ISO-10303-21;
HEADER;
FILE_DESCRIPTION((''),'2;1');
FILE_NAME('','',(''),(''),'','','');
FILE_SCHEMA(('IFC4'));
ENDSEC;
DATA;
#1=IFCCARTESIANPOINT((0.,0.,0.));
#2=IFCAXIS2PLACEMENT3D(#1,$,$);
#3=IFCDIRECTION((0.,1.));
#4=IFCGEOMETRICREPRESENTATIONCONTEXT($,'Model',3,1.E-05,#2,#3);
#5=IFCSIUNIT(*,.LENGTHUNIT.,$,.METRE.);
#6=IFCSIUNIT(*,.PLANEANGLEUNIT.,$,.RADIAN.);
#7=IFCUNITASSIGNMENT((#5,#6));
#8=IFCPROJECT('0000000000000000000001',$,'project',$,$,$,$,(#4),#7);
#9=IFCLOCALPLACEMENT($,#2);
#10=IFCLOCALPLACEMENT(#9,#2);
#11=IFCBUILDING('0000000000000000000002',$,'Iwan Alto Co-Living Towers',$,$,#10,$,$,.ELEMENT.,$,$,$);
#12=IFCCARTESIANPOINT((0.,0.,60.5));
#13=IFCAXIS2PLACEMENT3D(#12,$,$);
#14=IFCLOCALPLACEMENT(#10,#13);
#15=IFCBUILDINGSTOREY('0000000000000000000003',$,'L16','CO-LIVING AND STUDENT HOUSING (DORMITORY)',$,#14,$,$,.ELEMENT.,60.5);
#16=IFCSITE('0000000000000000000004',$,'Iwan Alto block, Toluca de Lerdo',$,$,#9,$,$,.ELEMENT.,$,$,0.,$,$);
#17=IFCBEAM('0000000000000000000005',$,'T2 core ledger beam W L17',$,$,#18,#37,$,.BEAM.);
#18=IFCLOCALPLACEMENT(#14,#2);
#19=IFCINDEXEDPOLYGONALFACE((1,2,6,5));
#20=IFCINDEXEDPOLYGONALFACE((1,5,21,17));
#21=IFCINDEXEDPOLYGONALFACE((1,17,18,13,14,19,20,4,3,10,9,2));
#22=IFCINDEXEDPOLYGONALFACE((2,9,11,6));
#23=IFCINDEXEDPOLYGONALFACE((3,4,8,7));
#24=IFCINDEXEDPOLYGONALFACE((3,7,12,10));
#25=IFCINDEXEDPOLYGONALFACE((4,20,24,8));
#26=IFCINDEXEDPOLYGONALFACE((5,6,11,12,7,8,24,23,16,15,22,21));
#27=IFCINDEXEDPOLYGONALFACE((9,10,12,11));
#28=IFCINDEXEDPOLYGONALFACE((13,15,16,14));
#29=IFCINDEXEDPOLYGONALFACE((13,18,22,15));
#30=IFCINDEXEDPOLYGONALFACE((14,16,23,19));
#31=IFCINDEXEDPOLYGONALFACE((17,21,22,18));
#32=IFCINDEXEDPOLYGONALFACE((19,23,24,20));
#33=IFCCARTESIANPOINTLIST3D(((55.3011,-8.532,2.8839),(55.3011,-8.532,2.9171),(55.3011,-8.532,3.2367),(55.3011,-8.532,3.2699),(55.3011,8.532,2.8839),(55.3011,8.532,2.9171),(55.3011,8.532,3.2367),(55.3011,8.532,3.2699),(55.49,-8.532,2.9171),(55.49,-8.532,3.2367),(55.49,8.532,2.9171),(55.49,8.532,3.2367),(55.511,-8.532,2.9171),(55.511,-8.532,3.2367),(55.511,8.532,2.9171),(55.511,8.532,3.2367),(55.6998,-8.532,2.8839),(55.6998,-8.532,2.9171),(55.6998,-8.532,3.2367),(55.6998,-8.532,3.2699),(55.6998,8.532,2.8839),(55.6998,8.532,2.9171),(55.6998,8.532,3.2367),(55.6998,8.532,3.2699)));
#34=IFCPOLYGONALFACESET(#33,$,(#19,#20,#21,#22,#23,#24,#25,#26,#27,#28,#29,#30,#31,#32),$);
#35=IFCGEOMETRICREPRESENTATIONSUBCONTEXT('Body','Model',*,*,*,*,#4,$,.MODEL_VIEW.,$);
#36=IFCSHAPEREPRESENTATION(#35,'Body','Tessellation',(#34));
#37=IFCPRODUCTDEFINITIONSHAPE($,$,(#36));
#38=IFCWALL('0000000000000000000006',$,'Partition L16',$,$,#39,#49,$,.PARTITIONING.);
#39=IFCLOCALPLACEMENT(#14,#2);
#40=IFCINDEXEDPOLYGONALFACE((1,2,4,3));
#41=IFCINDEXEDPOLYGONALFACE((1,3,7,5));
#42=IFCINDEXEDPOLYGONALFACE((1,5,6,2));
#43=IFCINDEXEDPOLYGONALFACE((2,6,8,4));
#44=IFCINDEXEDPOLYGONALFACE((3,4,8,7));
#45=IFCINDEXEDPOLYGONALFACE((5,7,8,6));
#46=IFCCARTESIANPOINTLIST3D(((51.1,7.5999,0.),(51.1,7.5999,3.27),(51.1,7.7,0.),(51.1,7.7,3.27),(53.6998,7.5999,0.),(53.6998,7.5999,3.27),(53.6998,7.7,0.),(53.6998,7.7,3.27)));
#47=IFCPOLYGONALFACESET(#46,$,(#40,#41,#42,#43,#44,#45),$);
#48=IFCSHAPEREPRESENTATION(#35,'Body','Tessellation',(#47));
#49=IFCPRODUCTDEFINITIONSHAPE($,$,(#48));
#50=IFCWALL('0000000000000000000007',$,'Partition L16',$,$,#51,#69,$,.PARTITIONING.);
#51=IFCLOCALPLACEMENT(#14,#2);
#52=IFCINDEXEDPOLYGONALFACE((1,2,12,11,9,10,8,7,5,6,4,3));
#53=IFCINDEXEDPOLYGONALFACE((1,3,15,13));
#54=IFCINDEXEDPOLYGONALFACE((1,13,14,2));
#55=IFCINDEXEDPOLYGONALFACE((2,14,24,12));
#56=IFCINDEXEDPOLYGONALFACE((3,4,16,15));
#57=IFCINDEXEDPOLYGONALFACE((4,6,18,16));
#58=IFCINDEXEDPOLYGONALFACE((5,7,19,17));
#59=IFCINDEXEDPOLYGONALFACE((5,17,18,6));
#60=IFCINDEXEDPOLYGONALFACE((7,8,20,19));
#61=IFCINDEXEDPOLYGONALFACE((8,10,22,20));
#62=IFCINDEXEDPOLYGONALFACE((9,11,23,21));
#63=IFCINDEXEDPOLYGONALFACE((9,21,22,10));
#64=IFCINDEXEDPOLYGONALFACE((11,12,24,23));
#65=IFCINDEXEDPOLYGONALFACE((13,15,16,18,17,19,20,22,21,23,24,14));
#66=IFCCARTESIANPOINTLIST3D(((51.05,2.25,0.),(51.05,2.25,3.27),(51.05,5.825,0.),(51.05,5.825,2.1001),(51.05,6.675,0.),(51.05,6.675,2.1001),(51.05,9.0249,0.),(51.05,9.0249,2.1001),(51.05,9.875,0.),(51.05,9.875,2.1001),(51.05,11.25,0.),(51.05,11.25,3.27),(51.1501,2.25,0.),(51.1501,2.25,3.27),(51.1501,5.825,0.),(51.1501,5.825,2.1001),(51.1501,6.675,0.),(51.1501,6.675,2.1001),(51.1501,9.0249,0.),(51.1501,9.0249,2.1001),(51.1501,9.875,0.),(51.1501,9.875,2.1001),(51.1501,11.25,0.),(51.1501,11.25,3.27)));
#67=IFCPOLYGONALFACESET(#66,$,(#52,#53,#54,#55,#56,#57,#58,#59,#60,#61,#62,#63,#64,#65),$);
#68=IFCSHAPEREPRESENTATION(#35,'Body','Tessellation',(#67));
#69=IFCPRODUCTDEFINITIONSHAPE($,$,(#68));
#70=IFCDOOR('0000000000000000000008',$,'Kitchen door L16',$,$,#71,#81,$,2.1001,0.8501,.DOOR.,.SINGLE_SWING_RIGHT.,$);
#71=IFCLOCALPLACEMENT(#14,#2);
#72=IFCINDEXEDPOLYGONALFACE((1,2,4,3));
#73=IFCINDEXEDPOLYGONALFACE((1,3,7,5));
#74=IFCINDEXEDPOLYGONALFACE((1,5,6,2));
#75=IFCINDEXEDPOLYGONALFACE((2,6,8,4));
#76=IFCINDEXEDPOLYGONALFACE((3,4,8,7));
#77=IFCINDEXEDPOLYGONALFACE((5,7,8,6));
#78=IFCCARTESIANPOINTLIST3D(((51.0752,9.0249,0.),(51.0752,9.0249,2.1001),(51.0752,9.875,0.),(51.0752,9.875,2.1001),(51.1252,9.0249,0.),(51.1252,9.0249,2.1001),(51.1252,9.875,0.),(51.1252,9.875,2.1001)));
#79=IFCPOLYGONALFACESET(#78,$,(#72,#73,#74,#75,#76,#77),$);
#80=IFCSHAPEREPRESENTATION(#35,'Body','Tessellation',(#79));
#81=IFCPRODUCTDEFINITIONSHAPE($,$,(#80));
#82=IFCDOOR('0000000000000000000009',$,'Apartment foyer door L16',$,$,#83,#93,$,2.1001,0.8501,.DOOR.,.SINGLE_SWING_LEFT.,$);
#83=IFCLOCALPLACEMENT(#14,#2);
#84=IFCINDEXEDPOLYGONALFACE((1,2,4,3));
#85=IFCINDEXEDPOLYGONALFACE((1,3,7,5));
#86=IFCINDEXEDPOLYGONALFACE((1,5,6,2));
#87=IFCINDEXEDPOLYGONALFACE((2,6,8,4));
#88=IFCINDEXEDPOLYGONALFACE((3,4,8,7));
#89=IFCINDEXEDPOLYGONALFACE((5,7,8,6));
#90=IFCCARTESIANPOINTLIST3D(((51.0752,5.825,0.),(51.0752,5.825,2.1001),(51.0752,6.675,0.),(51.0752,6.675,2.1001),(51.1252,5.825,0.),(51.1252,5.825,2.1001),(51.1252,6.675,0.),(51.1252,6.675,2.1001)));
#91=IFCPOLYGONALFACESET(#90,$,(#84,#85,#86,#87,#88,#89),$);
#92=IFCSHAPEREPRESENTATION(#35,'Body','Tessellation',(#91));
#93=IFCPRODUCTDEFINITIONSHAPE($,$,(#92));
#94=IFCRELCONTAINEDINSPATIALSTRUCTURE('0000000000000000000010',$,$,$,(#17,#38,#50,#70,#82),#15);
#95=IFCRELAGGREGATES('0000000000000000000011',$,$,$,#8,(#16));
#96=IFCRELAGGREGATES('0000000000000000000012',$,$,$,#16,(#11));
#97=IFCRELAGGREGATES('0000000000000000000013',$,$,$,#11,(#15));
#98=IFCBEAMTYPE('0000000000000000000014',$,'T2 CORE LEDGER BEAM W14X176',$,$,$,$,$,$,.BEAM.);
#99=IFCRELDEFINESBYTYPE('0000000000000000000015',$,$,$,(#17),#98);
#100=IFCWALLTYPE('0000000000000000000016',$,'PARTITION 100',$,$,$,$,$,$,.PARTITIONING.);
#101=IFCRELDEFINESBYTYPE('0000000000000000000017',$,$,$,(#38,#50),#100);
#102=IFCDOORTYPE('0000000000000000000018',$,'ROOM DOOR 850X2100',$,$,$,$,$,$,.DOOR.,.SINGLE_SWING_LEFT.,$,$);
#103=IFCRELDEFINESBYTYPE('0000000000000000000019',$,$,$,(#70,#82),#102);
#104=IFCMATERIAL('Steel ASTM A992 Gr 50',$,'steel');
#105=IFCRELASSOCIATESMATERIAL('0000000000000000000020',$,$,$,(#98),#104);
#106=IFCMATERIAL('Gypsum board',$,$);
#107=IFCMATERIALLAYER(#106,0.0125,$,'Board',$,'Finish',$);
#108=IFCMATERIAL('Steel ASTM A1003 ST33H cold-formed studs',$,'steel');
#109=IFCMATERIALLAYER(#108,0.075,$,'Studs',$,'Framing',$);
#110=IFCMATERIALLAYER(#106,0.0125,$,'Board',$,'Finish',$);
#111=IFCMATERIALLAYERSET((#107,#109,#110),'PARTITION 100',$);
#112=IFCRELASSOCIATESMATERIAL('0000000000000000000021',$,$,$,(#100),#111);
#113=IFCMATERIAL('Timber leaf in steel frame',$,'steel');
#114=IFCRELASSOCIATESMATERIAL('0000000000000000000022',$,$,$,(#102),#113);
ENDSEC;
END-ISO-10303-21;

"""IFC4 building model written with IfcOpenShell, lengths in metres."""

from ifc_helpers import new_model, si_unit, direction, frame, frame_2d, origin, origin_2d, place, context, subcontext, project, spatial, rectangle, i_section, extrude, material, layer, layer_set, material_profile, profile_set, type_object, element, fill, save


model = new_model("IFC4")

# Units and contexts
model_context = context("Model", 3, precision=1e-05, world=origin(), true_north=direction((0.0, 1.0)))
body_context = subcontext(model_context, "Body", "Model", "MODEL_VIEW")
ifc_project = project(units=[si_unit("LENGTHUNIT", "METRE"), si_unit("PLANEANGLEUNIT", "RADIAN")], contexts=[model_context])

# Site, building, storey
site_placement = place(None, origin())
site = spatial("IfcSite", under=ifc_project, at=site_placement, Name="Iwan Alto block, Toluca de Lerdo", CompositionType="ELEMENT", RefElevation=0.0)
building_placement = place(site_placement, origin())
building = spatial("IfcBuilding", under=site, at=building_placement, Name="Iwan Alto Co-Living Towers", CompositionType="ELEMENT")
storey_placement = place(building_placement, frame((0.0, 0.0, 60.5)))
storey = spatial("IfcBuildingStorey", under=building, at=storey_placement, Name="L16", Description="CO-LIVING AND STUDENT HOUSING (DORMITORY)", CompositionType="ELEMENT", Elevation=60.5)

# Beam
ifc_material_1 = material(Name="Steel ASTM A992 Gr 50", Category="steel")
ifc_material_profile = material_profile(ifc_material_1, i_section(OverallWidth=0.3987, OverallDepth=0.386, WebThickness=0.021, FlangeThickness=0.0332, at=origin_2d()), Name="W14X176")
ifc_profile_set = profile_set([ifc_material_profile], Name="Steel ASTM A992 Gr 50")
beam_type = type_object("IfcBeamType", Name="T2 CORE LEDGER BEAM W14X176", PredefinedType="BEAM", material=ifc_profile_set)
beam_placement = place(storey_placement, frame((55.5005, 8.532, 3.0769), z_axis=(0.0, -1.0, 0.0), x_axis=(1.0, 0.0, 0.0)))
element("IfcBeam", 1, at=beam_placement, inside=storey, type_object=beam_type, Name="T2 core ledger beam W L17", PredefinedType="BEAM", context=body_context, shape_type="SweptSolid", body=[
    extrude(i_section(OverallWidth=0.3987, OverallDepth=0.386, WebThickness=0.021, FlangeThickness=0.0332, at=origin_2d()), origin(), (0.0, 0.0, 1.0), 17.064),
])

# Wall
ifc_material_2 = material(Name="Gypsum board")
ifc_layer_1 = layer(ifc_material_2, 0.0125, Name="Board", Category="Finish")
ifc_material_3 = material(Name="Steel ASTM A1003 ST33H cold-formed studs", Category="steel")
ifc_layer_2 = layer(ifc_material_3, 0.075, Name="Studs", Category="Framing")
ifc_layer_3 = layer(ifc_material_2, 0.0125, Name="Board", Category="Finish")
ifc_layer_set_1 = layer_set([ifc_layer_1, ifc_layer_2, ifc_layer_3], Name="PARTITION 100")
wall_type_1 = type_object("IfcWallType", Name="PARTITION 100", PredefinedType="PARTITIONING", material=ifc_layer_set_1)
wall_1_placement = place(storey_placement, frame((51.1001, 7.6499, 0.0), z_axis=(0.0, 0.0, 1.0), x_axis=(1.0, 0.0, 0.0)))
element("IfcWall", 2, at=wall_1_placement, inside=storey, type_object=wall_type_1, Name="Partition L16", PredefinedType="PARTITIONING", context=body_context, shape_type="SweptSolid", body=[
    extrude(rectangle(XDim=2.5999, YDim=0.1001, at=frame_2d((1.2998, 0.0))), origin(), (0.0, 0.0, 1.0), 3.27),
])

# Wall, openings, doors
wall_2_placement = place(storey_placement, frame((51.1001, 2.25, 0.0), z_axis=(0.0, 0.0, 1.0), x_axis=(0.0, 1.0, 0.0)))
wall_2 = element("IfcWall", 3, at=wall_2_placement, inside=storey, type_object=wall_type_1, Name="Partition L16", PredefinedType="PARTITIONING", context=body_context, shape_type="SweptSolid", body=[
    extrude(rectangle(XDim=9.0, YDim=0.1001, at=frame_2d((4.5, 0.0))), origin(), (0.0, 0.0, 1.0), 3.27),
])
opening_1_placement = place(wall_2_placement, frame((6.7749, 0.0, 0.0)))
opening_1 = element("IfcOpeningElement", 4, at=opening_1_placement, cuts=wall_2, PredefinedType="OPENING", context=body_context, shape_type="SweptSolid", body=[
    extrude(rectangle(XDim=0.8501, YDim=2.1001, at=frame_2d((0.425, 1.05))), frame((0.0, 0.0601, 0.0), z_axis=(0.0, -1.0, 0.0), x_axis=(1.0, 0.0, 0.0)), (0.0, 0.0, 1.0), 0.1201),
])
opening_2_placement = place(wall_2_placement, frame((3.575, 0.0, 0.0)))
opening_2 = element("IfcOpeningElement", 5, at=opening_2_placement, cuts=wall_2, PredefinedType="OPENING", context=body_context, shape_type="SweptSolid", body=[
    extrude(rectangle(XDim=0.8501, YDim=2.1001, at=frame_2d((0.425, 1.05))), frame((0.0, 0.0601, 0.0), z_axis=(0.0, -1.0, 0.0), x_axis=(1.0, 0.0, 0.0)), (0.0, 0.0, 1.0), 0.1201),
])
ifc_material_4 = material(Name="Timber leaf in steel frame", Category="steel")
door_type_1 = type_object("IfcDoorType", Name="ROOM DOOR 850X2100", OperationType="SINGLE_SWING_LEFT", PredefinedType="DOOR", material=ifc_material_4)
door_1_placement = place(opening_1_placement, origin())
door_1 = element("IfcDoor", 6, at=door_1_placement, inside=storey, type_object=door_type_1, Name="Kitchen door L16", OperationType="SINGLE_SWING_RIGHT", OverallHeight=2.1001, OverallWidth=0.8501, PredefinedType="DOOR", context=body_context, shape_type="SweptSolid", body=[
    extrude(rectangle(XDim=0.8501, YDim=2.1001, at=frame_2d((0.425, 1.05))), frame((0.0, 0.0249, 0.0), z_axis=(0.0, -1.0, 0.0), x_axis=(1.0, 0.0, 0.0)), (0.0, 0.0, 1.0), 0.05),
])
fill(opening_1, door_1)
door_2_placement = place(opening_2_placement, origin())
door_2 = element("IfcDoor", 7, at=door_2_placement, inside=storey, type_object=door_type_1, Name="Apartment foyer door L16", OperationType="SINGLE_SWING_LEFT", OverallHeight=2.1001, OverallWidth=0.8501, PredefinedType="DOOR", context=body_context, shape_type="SweptSolid", body=[
    extrude(rectangle(XDim=0.8501, YDim=2.1001, at=frame_2d((0.425, 1.05))), frame((0.0, 0.0249, 0.0), z_axis=(0.0, -1.0, 0.0), x_axis=(1.0, 0.0, 0.0)), (0.0, 0.0, 1.0), 0.05),
])
fill(opening_2, door_2)

save(model, "model.ifc")
